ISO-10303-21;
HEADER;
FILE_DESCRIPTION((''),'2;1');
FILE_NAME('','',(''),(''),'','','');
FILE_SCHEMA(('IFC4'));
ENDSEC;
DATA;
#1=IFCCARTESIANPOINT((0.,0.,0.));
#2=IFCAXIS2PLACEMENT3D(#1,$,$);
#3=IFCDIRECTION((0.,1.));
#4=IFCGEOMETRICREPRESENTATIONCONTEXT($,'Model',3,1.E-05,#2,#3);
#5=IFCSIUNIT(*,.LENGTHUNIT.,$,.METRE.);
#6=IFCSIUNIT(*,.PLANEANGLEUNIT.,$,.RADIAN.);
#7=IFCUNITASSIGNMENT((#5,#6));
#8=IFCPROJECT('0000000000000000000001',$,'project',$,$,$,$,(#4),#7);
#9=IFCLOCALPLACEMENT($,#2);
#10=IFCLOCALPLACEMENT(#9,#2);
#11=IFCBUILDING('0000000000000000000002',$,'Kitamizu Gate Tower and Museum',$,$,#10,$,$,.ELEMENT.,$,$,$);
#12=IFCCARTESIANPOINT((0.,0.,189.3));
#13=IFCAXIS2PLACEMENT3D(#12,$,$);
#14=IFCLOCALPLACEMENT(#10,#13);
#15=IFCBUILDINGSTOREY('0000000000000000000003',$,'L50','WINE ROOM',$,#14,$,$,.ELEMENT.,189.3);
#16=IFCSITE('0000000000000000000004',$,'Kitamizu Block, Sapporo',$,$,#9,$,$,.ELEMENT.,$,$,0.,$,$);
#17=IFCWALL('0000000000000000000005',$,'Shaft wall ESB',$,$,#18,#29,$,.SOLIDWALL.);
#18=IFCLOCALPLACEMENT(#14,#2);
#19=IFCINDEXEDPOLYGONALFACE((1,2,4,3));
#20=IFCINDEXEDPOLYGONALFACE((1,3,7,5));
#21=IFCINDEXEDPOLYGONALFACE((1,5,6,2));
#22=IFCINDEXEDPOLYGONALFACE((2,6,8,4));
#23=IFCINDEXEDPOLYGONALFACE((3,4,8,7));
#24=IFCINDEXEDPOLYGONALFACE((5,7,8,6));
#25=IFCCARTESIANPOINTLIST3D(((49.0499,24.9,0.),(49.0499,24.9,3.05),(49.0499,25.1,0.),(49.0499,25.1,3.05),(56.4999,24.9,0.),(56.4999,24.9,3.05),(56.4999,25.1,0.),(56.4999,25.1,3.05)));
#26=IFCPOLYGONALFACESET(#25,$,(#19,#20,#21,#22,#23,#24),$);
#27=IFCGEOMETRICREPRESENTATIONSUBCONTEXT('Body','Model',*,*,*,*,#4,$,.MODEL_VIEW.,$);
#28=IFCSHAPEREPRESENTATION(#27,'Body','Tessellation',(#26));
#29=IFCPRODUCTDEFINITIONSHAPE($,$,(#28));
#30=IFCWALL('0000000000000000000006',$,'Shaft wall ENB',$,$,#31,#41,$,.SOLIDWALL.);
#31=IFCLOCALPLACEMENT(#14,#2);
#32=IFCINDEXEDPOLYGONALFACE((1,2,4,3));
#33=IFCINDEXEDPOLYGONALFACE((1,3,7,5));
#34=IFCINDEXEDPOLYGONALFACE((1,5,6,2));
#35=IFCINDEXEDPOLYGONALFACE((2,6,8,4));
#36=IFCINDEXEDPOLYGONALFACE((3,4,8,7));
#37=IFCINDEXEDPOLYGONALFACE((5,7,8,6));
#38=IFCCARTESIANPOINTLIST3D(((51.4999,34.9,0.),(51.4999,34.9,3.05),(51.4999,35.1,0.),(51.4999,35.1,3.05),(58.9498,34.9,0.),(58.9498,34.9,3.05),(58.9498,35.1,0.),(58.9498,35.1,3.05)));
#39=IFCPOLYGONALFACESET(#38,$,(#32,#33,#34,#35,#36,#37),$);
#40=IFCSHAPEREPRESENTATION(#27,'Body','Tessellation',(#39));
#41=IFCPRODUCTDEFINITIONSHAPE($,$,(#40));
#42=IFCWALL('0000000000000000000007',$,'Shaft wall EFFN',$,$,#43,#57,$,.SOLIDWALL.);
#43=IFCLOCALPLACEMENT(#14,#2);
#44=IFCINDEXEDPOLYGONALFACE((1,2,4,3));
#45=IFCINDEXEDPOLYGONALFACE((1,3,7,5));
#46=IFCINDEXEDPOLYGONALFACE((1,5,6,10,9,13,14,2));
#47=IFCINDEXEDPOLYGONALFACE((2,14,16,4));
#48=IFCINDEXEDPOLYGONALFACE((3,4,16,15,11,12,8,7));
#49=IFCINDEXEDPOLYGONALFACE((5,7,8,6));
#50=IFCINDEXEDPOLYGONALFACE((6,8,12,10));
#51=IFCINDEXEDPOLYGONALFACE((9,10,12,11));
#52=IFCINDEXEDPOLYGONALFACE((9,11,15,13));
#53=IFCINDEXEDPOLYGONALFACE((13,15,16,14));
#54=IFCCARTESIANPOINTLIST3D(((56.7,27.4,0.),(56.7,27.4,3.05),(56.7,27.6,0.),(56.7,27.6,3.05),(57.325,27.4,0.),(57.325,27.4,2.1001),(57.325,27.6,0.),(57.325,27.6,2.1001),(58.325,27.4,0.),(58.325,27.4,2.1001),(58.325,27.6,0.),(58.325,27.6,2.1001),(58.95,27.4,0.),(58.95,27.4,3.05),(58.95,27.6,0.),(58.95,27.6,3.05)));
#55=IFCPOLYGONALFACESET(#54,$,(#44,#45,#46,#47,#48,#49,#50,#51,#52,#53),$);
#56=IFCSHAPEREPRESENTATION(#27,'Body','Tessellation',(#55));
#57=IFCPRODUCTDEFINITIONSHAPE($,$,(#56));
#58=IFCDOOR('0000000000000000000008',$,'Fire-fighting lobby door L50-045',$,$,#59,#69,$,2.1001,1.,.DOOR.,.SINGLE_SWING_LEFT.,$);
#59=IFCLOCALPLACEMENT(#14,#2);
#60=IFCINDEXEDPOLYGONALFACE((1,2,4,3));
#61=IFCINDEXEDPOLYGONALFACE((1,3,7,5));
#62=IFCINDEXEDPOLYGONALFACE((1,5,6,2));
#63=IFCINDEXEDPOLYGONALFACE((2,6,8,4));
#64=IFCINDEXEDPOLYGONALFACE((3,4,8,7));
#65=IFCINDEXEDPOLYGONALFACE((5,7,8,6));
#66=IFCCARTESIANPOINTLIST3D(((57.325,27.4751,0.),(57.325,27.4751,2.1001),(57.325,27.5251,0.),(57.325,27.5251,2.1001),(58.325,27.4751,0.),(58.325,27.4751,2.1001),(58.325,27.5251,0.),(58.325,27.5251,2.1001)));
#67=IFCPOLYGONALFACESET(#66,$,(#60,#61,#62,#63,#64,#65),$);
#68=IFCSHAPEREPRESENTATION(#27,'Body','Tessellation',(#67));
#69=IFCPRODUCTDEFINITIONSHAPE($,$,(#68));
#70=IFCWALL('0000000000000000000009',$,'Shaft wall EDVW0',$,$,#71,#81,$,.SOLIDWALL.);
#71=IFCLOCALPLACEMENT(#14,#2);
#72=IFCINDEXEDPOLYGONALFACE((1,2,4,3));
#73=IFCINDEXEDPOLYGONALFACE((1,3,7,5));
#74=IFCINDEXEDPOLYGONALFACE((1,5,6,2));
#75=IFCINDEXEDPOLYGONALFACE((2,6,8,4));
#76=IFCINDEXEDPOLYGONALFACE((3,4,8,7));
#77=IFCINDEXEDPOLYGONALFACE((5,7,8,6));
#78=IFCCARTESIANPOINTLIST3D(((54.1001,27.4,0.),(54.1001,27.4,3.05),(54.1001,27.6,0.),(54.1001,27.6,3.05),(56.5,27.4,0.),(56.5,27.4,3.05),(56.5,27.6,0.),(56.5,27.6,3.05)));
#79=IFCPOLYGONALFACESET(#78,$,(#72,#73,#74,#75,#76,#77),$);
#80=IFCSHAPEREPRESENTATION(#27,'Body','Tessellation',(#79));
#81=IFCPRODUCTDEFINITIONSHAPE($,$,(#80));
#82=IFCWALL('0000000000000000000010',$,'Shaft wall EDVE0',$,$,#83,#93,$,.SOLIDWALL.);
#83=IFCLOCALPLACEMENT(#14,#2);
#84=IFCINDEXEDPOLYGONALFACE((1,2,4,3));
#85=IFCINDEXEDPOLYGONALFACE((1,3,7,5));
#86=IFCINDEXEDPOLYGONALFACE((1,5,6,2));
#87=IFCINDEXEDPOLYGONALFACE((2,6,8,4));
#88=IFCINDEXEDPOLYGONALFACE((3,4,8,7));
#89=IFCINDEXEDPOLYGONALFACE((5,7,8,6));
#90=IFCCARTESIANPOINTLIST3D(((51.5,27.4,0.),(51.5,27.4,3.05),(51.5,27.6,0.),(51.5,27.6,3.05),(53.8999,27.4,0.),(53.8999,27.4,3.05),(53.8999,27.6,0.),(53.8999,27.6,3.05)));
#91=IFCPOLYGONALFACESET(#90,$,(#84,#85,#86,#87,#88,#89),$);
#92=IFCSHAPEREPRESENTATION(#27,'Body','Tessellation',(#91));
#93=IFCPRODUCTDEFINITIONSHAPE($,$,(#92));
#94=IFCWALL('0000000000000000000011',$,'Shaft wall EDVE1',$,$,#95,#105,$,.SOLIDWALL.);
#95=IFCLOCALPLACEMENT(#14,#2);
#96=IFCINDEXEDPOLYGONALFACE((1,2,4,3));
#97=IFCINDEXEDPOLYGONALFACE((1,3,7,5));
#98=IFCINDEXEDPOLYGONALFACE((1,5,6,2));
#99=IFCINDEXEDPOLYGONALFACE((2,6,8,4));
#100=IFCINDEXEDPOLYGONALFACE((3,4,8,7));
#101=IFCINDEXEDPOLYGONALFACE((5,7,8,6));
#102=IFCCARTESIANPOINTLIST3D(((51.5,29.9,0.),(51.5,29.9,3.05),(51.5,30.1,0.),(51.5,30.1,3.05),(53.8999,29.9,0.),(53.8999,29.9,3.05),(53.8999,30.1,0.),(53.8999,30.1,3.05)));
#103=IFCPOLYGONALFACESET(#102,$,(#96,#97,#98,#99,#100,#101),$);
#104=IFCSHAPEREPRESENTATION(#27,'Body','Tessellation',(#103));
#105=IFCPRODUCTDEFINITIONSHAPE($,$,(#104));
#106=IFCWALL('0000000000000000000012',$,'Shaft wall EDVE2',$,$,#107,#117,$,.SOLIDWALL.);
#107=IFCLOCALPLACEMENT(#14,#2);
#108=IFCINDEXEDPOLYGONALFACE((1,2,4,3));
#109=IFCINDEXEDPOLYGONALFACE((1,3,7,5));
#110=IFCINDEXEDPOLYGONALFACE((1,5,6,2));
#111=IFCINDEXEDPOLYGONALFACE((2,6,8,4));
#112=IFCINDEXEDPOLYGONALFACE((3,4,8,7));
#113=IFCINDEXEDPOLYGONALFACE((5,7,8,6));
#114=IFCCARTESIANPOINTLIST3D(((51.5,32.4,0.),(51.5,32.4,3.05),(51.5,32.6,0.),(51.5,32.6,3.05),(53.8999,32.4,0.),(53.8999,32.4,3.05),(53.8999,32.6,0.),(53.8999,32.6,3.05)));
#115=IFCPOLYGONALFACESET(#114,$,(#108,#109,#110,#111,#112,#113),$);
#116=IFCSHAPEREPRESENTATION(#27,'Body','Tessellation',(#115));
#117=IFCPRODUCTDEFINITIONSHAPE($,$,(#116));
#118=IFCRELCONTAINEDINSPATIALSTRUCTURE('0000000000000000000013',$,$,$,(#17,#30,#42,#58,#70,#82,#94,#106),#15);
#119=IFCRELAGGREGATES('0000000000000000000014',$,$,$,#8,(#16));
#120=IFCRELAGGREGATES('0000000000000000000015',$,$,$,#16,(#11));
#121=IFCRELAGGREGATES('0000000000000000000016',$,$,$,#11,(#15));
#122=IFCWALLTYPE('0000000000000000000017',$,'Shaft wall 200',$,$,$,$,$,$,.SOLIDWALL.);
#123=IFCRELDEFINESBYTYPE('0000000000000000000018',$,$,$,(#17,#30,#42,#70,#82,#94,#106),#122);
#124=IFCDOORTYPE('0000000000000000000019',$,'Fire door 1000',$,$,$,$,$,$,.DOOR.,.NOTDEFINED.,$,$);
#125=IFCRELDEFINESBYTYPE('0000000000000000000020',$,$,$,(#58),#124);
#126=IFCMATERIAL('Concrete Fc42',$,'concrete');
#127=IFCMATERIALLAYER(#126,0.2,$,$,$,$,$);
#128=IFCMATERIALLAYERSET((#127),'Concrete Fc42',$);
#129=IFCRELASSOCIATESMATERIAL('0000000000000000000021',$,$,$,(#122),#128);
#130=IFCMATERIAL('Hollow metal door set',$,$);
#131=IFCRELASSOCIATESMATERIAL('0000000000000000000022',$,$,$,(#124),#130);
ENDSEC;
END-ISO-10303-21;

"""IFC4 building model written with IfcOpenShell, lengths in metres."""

from ifc_helpers import new_model, si_unit, direction, frame, frame_2d, origin, place, context, subcontext, project, spatial, rectangle, extrude, material, layer, layer_set, type_object, element, fill, save


model = new_model("IFC4")

# Units and contexts
model_context = context("Model", 3, precision=1e-05, world=origin(), true_north=direction((0.0, 1.0)))
body_context = subcontext(model_context, "Body", "Model", "MODEL_VIEW")
ifc_project = project(units=[si_unit("LENGTHUNIT", "METRE"), si_unit("PLANEANGLEUNIT", "RADIAN")], contexts=[model_context])

# Site, building, storey
site_placement = place(None, origin())
site = spatial("IfcSite", under=ifc_project, at=site_placement, Name="Kitamizu Block, Sapporo", CompositionType="ELEMENT", RefElevation=0.0)
building_placement = place(site_placement, origin())
building = spatial("IfcBuilding", under=site, at=building_placement, Name="Kitamizu Gate Tower and Museum", CompositionType="ELEMENT")
storey_placement = place(building_placement, frame((0.0, 0.0, 189.3)))
storey = spatial("IfcBuildingStorey", under=building, at=storey_placement, Name="L50", Description="WINE ROOM", CompositionType="ELEMENT", Elevation=189.3)

# Shared definitions
ifc_material_1 = material(Name="Concrete Fc42", Category="concrete")
ifc_layer_1 = layer(ifc_material_1, 0.2)
ifc_layer_set_1 = layer_set([ifc_layer_1], Name="Concrete Fc42")
wall_type_1 = type_object("IfcWallType", Name="Shaft wall 200", PredefinedType="SOLIDWALL", material=ifc_layer_set_1)
ifc_material_2 = material(Name="Hollow metal door set")
door_type_1 = type_object("IfcDoorType", Name="Fire door 1000", OperationType="NOTDEFINED", PredefinedType="DOOR", material=ifc_material_2)

# Walls
for number, where, z_axis, x_axis, name in (
    (1, (56.5, 25.0, 0.0), (0.0, 0.0, 1.0), (-1.0, 0.0, 0.0), "Shaft wall ESB"),
    (2, (58.95, 35.0, 0.0), (0.0, 0.0, 1.0), (-1.0, 0.0, 0.0), "Shaft wall ENB"),
):
    element("IfcWall", number, at=place(storey_placement, frame(where, z_axis=z_axis, x_axis=x_axis)), inside=storey, type_object=wall_type_1, Name=name, PredefinedType="SOLIDWALL", context=body_context, shape_type="SweptSolid", body=[
        extrude(rectangle(XDim=7.45, YDim=0.2, at=frame_2d((3.7251, 0.0))), origin(), (0.0, 0.0, 1.0), 3.05),
    ])

# Wall, opening, door
wall_1_placement = place(storey_placement, frame((58.95, 27.5, 0.0), z_axis=(0.0, 0.0, 1.0), x_axis=(-1.0, 0.0, 0.0)))
wall_1 = element("IfcWall", 3, at=wall_1_placement, inside=storey, type_object=wall_type_1, Name="Shaft wall EFFN", PredefinedType="SOLIDWALL", context=body_context, shape_type="SweptSolid", body=[
    extrude(rectangle(XDim=2.25, YDim=0.2, at=frame_2d((1.125, 0.0))), origin(), (0.0, 0.0, 1.0), 3.05),
])
opening_1_placement = place(wall_1_placement, frame((0.625, 0.0, 0.0)))
opening_1 = element("IfcOpeningElement", 4, at=opening_1_placement, cuts=wall_1, PredefinedType="OPENING", context=body_context, shape_type="SweptSolid", body=[
    extrude(rectangle(XDim=1.0, YDim=2.1001, at=frame_2d((0.5, 1.05))), frame((0.0, 0.1099, 0.0), z_axis=(0.0, -1.0, 0.0), x_axis=(1.0, 0.0, 0.0)), (0.0, 0.0, 1.0), 0.22),
])
door_1_placement = place(opening_1_placement, origin())
door_1 = element("IfcDoor", 5, at=door_1_placement, inside=storey, type_object=door_type_1, Name="Fire-fighting lobby door L50-045", OperationType="SINGLE_SWING_LEFT", OverallHeight=2.1001, OverallWidth=1.0, PredefinedType="DOOR", context=body_context, shape_type="SweptSolid", body=[
    extrude(rectangle(XDim=1.0, YDim=2.1001, at=frame_2d((0.5, 1.05))), frame((0.0, 0.0249, 0.0), z_axis=(0.0, -1.0, 0.0), x_axis=(1.0, 0.0, 0.0)), (0.0, 0.0, 1.0), 0.05),
])
fill(opening_1, door_1)

# Walls
for number, where, z_axis, x_axis, name in (
    (6, (56.5, 27.5, 0.0), (0.0, 0.0, 1.0), (-1.0, 0.0, 0.0), "Shaft wall EDVW0"),
    (7, (53.8999, 27.5, 0.0), (0.0, 0.0, 1.0), (-1.0, 0.0, 0.0), "Shaft wall EDVE0"),
    (8, (53.8999, 30.0, 0.0), (0.0, 0.0, 1.0), (-1.0, 0.0, 0.0), "Shaft wall EDVE1"),
    (9, (53.8999, 32.5, 0.0), (0.0, 0.0, 1.0), (-1.0, 0.0, 0.0), "Shaft wall EDVE2"),
):
    element("IfcWall", number, at=place(storey_placement, frame(where, z_axis=z_axis, x_axis=x_axis)), inside=storey, type_object=wall_type_1, Name=name, PredefinedType="SOLIDWALL", context=body_context, shape_type="SweptSolid", body=[
        extrude(rectangle(XDim=2.3999, YDim=0.2, at=frame_2d((1.2, 0.0))), origin(), (0.0, 0.0, 1.0), 3.05),
    ])

save(model, "model.ifc")
